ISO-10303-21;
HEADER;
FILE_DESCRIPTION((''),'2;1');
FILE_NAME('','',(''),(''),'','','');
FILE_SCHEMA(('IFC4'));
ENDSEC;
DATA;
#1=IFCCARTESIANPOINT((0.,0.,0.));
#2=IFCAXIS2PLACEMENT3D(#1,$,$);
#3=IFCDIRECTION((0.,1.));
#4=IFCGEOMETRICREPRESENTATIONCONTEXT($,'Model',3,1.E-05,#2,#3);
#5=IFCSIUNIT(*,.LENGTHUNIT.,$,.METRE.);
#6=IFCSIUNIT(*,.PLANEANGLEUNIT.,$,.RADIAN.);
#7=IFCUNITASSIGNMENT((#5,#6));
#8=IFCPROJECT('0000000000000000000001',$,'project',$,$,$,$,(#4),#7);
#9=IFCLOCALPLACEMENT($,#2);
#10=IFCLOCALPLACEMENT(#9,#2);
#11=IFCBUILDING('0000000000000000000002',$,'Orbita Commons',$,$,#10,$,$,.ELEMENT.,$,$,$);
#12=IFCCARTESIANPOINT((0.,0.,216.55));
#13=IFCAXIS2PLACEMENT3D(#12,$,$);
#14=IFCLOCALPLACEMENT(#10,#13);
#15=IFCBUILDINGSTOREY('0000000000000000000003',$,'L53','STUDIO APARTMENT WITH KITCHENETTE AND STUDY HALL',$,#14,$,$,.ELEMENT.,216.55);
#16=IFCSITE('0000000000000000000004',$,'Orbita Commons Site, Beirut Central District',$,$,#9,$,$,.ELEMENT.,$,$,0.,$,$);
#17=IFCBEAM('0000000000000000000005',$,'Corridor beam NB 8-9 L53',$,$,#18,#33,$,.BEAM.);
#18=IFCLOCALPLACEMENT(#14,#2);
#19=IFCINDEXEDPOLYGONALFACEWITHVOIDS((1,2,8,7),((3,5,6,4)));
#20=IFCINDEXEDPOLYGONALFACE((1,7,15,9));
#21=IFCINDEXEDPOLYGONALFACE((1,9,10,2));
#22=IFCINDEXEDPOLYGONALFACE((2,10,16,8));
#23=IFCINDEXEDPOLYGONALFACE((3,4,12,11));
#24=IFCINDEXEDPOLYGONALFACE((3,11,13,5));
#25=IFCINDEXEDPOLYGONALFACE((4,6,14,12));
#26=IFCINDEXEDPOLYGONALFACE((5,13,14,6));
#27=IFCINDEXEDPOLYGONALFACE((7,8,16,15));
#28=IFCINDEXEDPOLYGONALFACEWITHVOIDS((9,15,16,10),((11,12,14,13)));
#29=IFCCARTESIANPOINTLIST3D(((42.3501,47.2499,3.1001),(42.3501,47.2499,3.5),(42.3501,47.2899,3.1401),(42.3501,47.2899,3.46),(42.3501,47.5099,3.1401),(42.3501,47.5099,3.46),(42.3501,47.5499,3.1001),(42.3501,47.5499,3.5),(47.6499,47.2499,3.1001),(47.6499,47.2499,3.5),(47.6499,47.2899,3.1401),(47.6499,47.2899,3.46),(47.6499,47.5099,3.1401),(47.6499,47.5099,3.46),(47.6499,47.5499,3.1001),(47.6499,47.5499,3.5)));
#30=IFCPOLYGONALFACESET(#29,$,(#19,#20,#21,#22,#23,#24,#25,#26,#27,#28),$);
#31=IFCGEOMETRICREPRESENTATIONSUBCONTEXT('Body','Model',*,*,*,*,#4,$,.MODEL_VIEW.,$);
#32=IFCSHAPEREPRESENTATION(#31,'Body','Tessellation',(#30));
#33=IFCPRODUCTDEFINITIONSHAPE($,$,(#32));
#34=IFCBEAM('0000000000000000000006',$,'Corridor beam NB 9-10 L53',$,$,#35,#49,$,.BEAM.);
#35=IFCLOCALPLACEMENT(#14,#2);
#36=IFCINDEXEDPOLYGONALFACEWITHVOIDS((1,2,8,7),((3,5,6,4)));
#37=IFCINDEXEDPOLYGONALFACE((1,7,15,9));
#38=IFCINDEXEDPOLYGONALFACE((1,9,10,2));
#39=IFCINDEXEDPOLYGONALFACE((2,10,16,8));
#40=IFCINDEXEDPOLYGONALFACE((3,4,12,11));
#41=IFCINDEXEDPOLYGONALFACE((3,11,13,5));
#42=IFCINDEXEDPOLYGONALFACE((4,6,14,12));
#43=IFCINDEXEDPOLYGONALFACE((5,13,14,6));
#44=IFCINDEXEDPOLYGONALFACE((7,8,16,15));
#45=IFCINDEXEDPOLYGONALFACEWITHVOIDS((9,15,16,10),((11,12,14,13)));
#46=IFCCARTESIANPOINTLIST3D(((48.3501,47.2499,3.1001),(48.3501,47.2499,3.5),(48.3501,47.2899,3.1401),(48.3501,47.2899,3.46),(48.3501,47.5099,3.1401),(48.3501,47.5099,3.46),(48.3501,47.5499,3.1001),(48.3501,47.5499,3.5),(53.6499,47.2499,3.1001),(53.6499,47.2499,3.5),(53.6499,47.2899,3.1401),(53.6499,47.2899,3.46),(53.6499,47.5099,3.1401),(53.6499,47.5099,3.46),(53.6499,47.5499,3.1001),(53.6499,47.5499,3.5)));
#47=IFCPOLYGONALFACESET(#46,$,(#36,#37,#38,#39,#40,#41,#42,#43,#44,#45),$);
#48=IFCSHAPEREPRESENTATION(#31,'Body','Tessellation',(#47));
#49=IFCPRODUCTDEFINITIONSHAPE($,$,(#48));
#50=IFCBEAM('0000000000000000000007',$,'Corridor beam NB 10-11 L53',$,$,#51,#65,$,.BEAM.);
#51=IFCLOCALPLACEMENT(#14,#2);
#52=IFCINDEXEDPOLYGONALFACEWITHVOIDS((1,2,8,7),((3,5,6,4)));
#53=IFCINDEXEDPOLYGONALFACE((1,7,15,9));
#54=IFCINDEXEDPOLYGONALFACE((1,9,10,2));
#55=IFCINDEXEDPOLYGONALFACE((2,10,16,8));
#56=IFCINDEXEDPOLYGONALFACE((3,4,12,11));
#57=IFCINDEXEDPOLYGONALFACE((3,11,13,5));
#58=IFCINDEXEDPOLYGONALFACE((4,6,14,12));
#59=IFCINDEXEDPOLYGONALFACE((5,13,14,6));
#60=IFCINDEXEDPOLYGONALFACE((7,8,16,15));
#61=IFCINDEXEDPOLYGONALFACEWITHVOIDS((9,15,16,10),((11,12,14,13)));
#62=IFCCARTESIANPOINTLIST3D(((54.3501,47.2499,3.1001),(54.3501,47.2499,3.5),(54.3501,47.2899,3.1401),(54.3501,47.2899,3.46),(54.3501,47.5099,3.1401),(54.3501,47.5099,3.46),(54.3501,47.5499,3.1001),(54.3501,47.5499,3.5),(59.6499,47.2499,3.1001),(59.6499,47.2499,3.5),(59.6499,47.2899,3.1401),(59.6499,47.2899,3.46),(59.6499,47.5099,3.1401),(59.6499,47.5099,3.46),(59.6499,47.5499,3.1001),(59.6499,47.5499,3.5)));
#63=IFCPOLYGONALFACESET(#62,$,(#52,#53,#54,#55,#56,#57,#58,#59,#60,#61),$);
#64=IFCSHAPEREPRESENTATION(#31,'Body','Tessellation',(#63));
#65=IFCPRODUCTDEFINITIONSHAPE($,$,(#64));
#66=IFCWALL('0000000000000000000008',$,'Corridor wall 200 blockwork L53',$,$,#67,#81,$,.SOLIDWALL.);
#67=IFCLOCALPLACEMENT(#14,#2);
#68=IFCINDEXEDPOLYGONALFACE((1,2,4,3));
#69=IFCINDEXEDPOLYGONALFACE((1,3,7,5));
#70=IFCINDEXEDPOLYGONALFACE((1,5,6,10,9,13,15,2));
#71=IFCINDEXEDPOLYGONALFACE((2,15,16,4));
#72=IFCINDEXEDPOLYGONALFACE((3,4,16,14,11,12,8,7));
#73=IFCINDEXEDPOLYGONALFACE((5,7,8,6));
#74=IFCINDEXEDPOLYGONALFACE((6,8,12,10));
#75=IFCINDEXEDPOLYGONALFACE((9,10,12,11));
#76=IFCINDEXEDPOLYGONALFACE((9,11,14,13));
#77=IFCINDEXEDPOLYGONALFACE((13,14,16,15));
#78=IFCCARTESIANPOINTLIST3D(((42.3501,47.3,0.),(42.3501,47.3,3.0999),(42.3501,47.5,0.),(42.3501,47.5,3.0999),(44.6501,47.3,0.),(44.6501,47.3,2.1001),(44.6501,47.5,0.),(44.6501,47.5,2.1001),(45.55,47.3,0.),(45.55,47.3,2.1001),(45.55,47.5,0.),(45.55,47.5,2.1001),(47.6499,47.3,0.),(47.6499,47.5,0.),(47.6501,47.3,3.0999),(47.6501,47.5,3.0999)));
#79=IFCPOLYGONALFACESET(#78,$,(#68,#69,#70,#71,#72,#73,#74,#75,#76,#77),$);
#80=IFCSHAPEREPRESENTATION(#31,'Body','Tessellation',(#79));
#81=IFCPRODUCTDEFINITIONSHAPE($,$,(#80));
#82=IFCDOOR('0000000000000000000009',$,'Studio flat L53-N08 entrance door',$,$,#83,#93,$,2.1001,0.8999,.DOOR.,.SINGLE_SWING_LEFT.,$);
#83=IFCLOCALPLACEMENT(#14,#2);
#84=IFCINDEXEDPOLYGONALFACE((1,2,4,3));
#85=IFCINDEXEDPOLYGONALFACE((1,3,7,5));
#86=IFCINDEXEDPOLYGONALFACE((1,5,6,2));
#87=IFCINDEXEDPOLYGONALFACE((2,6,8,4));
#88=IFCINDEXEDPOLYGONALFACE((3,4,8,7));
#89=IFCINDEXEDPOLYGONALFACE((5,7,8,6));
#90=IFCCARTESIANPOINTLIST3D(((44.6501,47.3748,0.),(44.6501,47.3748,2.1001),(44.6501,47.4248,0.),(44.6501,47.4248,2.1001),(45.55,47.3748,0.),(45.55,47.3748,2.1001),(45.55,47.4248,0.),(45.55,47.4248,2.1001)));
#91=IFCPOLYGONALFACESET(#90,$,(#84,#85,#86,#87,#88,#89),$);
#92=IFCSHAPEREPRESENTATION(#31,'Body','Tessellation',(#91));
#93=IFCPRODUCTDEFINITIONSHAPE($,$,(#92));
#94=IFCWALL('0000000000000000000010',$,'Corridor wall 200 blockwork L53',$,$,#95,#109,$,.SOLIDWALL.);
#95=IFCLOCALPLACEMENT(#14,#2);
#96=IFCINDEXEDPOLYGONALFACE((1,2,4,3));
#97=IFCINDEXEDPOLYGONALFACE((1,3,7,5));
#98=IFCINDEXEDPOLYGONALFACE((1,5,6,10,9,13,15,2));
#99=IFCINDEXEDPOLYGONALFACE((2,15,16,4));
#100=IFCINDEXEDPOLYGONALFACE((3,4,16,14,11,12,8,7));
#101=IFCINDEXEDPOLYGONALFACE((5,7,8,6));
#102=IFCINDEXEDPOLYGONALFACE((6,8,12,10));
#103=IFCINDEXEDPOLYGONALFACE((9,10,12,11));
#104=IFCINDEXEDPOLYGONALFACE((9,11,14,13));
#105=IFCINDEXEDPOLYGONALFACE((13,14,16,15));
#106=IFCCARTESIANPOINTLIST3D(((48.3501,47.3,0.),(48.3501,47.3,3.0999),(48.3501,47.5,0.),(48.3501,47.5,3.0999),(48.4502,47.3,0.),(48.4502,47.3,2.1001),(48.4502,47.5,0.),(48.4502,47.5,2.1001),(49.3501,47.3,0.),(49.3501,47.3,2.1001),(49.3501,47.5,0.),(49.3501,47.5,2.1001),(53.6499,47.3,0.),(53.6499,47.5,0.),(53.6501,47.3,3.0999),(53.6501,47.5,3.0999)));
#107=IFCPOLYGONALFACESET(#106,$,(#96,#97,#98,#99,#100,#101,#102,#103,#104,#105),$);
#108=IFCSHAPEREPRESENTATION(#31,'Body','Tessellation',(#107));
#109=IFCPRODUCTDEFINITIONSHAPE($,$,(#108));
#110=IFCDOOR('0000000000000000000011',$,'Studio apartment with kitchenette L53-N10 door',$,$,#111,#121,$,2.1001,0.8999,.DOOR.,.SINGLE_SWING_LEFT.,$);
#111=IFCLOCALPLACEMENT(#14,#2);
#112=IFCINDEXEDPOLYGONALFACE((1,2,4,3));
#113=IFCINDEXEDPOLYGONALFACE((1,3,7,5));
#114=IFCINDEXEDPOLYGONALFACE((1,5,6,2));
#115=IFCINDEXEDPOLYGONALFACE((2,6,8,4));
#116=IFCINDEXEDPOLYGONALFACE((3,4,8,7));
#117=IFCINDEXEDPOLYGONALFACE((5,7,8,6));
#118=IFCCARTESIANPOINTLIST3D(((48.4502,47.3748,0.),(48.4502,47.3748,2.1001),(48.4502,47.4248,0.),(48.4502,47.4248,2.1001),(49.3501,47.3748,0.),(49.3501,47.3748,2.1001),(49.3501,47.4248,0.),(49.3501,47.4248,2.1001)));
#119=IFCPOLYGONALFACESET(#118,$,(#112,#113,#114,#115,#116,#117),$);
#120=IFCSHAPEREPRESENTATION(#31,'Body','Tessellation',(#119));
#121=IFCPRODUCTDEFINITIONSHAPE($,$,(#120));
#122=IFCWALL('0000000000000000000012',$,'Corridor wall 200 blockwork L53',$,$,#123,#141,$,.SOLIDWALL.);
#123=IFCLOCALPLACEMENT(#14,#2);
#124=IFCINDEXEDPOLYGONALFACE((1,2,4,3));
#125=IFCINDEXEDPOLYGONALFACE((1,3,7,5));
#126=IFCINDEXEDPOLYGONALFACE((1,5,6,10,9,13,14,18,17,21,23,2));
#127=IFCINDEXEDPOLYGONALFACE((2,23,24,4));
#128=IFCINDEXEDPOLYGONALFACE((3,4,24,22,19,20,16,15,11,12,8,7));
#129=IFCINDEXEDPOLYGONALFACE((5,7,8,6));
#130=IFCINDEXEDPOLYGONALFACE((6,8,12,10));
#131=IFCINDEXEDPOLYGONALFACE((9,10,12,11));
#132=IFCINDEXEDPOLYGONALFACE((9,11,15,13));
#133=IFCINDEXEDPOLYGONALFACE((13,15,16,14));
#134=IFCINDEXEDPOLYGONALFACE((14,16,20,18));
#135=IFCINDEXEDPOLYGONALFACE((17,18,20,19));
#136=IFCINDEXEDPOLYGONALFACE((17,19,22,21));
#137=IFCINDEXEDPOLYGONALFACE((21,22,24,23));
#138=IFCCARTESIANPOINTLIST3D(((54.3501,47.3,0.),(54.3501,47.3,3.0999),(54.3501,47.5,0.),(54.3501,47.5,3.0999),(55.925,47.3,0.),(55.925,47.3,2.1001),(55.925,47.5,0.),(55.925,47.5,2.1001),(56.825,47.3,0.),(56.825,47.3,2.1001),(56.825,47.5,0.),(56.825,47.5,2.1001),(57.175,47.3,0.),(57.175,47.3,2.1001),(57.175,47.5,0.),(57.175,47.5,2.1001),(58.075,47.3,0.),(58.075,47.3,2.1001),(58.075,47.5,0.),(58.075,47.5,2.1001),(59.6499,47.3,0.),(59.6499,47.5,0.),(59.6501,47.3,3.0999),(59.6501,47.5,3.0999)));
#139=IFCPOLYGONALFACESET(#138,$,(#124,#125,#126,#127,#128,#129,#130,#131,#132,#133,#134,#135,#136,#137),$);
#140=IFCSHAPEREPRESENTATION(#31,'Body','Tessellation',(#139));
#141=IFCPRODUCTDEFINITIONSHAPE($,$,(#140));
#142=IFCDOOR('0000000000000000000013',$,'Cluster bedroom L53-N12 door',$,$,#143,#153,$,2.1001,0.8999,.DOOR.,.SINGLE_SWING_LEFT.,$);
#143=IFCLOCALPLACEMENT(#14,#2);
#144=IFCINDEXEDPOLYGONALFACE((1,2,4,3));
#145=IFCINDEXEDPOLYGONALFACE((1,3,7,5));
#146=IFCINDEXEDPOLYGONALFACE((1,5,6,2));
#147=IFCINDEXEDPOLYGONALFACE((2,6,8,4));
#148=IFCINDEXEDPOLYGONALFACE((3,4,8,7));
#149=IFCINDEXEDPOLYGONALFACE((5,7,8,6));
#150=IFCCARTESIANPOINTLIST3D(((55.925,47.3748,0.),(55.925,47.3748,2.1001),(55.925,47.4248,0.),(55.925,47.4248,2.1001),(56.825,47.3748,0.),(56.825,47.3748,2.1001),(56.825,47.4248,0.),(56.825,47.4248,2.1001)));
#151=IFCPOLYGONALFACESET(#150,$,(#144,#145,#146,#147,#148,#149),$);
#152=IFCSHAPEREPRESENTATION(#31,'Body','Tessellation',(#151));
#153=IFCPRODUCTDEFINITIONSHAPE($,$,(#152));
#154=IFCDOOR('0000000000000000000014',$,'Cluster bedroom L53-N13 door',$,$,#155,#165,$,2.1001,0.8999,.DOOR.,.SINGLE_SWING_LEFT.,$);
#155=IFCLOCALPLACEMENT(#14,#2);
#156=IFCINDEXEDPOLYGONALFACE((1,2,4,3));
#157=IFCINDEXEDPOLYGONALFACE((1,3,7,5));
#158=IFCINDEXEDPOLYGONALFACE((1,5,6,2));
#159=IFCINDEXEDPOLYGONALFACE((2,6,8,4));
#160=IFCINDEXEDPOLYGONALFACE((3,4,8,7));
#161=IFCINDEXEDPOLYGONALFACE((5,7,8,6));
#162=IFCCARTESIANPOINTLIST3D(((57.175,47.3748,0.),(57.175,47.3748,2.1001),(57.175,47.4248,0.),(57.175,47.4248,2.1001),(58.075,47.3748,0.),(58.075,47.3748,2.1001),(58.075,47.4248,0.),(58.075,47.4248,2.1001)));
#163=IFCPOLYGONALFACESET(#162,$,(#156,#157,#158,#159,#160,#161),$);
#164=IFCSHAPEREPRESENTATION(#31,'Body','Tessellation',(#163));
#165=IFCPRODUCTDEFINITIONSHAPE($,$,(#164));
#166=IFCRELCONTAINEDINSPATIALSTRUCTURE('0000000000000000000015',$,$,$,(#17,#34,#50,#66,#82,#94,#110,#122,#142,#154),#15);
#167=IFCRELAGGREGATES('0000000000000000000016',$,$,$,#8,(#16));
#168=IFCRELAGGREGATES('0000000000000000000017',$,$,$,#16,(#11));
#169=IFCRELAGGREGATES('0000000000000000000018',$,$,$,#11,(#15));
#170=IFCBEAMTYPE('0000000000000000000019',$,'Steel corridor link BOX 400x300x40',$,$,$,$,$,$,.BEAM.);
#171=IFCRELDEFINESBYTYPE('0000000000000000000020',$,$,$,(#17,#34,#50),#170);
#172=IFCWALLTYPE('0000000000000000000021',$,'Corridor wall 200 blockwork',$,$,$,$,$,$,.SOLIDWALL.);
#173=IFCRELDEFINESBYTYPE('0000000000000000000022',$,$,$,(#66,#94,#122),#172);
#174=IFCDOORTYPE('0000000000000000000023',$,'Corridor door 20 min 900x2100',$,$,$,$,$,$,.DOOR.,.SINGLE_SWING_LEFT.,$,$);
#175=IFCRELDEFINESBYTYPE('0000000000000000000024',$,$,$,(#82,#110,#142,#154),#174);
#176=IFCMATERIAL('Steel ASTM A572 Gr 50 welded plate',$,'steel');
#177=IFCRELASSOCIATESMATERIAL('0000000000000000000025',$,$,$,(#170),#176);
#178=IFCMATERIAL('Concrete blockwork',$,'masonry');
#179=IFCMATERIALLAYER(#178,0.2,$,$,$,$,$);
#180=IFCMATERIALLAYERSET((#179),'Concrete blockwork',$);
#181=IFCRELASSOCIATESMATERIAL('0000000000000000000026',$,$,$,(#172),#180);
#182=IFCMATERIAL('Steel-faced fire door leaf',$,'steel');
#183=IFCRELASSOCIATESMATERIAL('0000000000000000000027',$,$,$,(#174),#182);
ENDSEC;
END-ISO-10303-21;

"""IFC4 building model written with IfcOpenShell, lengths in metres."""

from ifc_helpers import new_model, si_unit, direction, frame, frame_2d, origin, origin_2d, place, context, subcontext, project, spatial, polyline, rectangle, hollow_rectangle, outline, extrude, material, layer, layer_set, material_profile, profile_set, type_object, element, fill, save


model = new_model("IFC4")

# Units and contexts
model_context = context("Model", 3, precision=1e-05, world=origin(), true_north=direction((0.0, 1.0)))
body_context = subcontext(model_context, "Body", "Model", "MODEL_VIEW")
ifc_project = project(units=[si_unit("LENGTHUNIT", "METRE"), si_unit("PLANEANGLEUNIT", "RADIAN")], contexts=[model_context])

# Site, building, storey
site_placement = place(None, origin())
site = spatial("IfcSite", under=ifc_project, at=site_placement, Name="Orbita Commons Site, Beirut Central District", CompositionType="ELEMENT", RefElevation=0.0)
building_placement = place(site_placement, origin())
building = spatial("IfcBuilding", under=site, at=building_placement, Name="Orbita Commons", CompositionType="ELEMENT")
storey_placement = place(building_placement, frame((0.0, 0.0, 216.55)))
storey = spatial("IfcBuildingStorey", under=building, at=storey_placement, Name="L53", Description="STUDIO APARTMENT WITH KITCHENETTE AND STUDY HALL", CompositionType="ELEMENT", Elevation=216.55)

# Beams
ifc_material_1 = material(Name="Steel ASTM A572 Gr 50 welded plate", Category="steel")
ifc_material_profile = material_profile(ifc_material_1, hollow_rectangle(XDim=0.3, YDim=0.3999, WallThickness=0.04, at=origin_2d()), Name="BOX 400x300x40")
ifc_profile_set = profile_set([ifc_material_profile], Name="Steel ASTM A572 Gr 50 welded plate")
beam_type = type_object("IfcBeamType", Name="Steel corridor link BOX 400x300x40", PredefinedType="BEAM", material=ifc_profile_set)
for number, where, z_axis, x_axis, name in (
    (1, (42.3501, 47.3999, 3.3), (1.0, 0.0, 0.0), (0.0, 1.0, 0.0), "Corridor beam NB 8-9 L53"),
    (2, (48.3501, 47.3999, 3.3), (1.0, 0.0, 0.0), (0.0, 1.0, 0.0), "Corridor beam NB 9-10 L53"),
    (3, (54.3501, 47.3999, 3.3), (1.0, 0.0, 0.0), (0.0, 1.0, 0.0), "Corridor beam NB 10-11 L53"),
):
    element("IfcBeam", number, at=place(storey_placement, frame(where, z_axis=z_axis, x_axis=x_axis)), inside=storey, type_object=beam_type, Name=name, PredefinedType="BEAM", context=body_context, shape_type="SweptSolid", body=[
        extrude(hollow_rectangle(XDim=0.3, YDim=0.3999, WallThickness=0.04, at=origin_2d()), origin(), (0.0, 0.0, 1.0), 5.2998),
    ])

# Walls, openings, doors
ifc_material_2 = material(Name="Concrete blockwork", Category="masonry")
ifc_layer_1 = layer(ifc_material_2, 0.2)
ifc_layer_set_1 = layer_set([ifc_layer_1], Name="Concrete blockwork")
wall_type_1 = type_object("IfcWallType", Name="Corridor wall 200 blockwork", PredefinedType="SOLIDWALL", material=ifc_layer_set_1)
wall_1_placement = place(storey_placement, frame((42.3501, 47.3999, 0.0), z_axis=(0.0, 0.0, 1.0), x_axis=(1.0, 0.0, 0.0)))
wall_1 = element("IfcWall", 4, at=wall_1_placement, inside=storey, type_object=wall_type_1, Name="Corridor wall 200 blockwork L53", PredefinedType="SOLIDWALL", context=body_context, shape_type="SweptSolid", body=[
    extrude(outline(polyline([(0.0, 0.0), (5.2998, 0.0), (5.3, 3.0999), (0.0, 3.0999), (0.0, 0.0)])), frame((0.0, 0.1001, 0.0), z_axis=(0.0, -1.0, 0.0), x_axis=(1.0, 0.0, 0.0)), (0.0, 0.0, 1.0), 0.2),
])
opening_1_placement = place(wall_1_placement, frame((2.3, 0.0, 0.0)))
opening_1 = element("IfcOpeningElement", 5, at=opening_1_placement, cuts=wall_1, PredefinedType="OPENING", context=body_context, shape_type="SweptSolid", body=[
    extrude(rectangle(XDim=0.8999, YDim=2.1001, at=frame_2d((0.45, 1.05))), frame((0.0, 0.1099, 0.0), z_axis=(0.0, -1.0, 0.0), x_axis=(1.0, 0.0, 0.0)), (0.0, 0.0, 1.0), 0.22),
])
ifc_material_3 = material(Name="Steel-faced fire door leaf", Category="steel")
door_type_1 = type_object("IfcDoorType", Name="Corridor door 20 min 900x2100", OperationType="SINGLE_SWING_LEFT", PredefinedType="DOOR", material=ifc_material_3)
door_1_placement = place(opening_1_placement, origin())
door_1 = element("IfcDoor", 6, at=door_1_placement, inside=storey, type_object=door_type_1, Name="Studio flat L53-N08 entrance door", OperationType="SINGLE_SWING_LEFT", OverallHeight=2.1001, OverallWidth=0.8999, PredefinedType="DOOR", context=body_context, shape_type="SweptSolid", body=[
    extrude(rectangle(XDim=0.8999, YDim=2.1001, at=frame_2d((0.45, 1.05))), frame((0.0, 0.0249, 0.0), z_axis=(0.0, -1.0, 0.0), x_axis=(1.0, 0.0, 0.0)), (0.0, 0.0, 1.0), 0.05),
])
fill(opening_1, door_1)
wall_2_placement = place(storey_placement, frame((48.3501, 47.3999, 0.0), z_axis=(0.0, 0.0, 1.0), x_axis=(1.0, 0.0, 0.0)))
wall_2 = element("IfcWall", 7, at=wall_2_placement, inside=storey, type_object=wall_type_1, Name="Corridor wall 200 blockwork L53", PredefinedType="SOLIDWALL", context=body_context, shape_type="SweptSolid", body=[
    extrude(outline(polyline([(0.0, 0.0), (5.2998, 0.0), (5.3, 3.0999), (0.0, 3.0999), (0.0, 0.0)])), frame((0.0, 0.1001, 0.0), z_axis=(0.0, -1.0, 0.0), x_axis=(1.0, 0.0, 0.0)), (0.0, 0.0, 1.0), 0.2),
])
opening_2_placement = place(wall_2_placement, frame((0.1001, 0.0, 0.0)))
opening_2 = element("IfcOpeningElement", 8, at=opening_2_placement, cuts=wall_2, PredefinedType="OPENING", context=body_context, shape_type="SweptSolid", body=[
    extrude(rectangle(XDim=0.8999, YDim=2.1001, at=frame_2d((0.45, 1.05))), frame((0.0, 0.1099, 0.0), z_axis=(0.0, -1.0, 0.0), x_axis=(1.0, 0.0, 0.0)), (0.0, 0.0, 1.0), 0.22),
])
door_2_placement = place(opening_2_placement, origin())
door_2 = element("IfcDoor", 9, at=door_2_placement, inside=storey, type_object=door_type_1, Name="Studio apartment with kitchenette L53-N10 door", OperationType="SINGLE_SWING_LEFT", OverallHeight=2.1001, OverallWidth=0.8999, PredefinedType="DOOR", context=body_context, shape_type="SweptSolid", body=[
    extrude(rectangle(XDim=0.8999, YDim=2.1001, at=frame_2d((0.45, 1.05))), frame((0.0, 0.0249, 0.0), z_axis=(0.0, -1.0, 0.0), x_axis=(1.0, 0.0, 0.0)), (0.0, 0.0, 1.0), 0.05),
])
fill(opening_2, door_2)

# Wall, openings, doors
wall_3_placement = place(storey_placement, frame((54.3501, 47.3999, 0.0), z_axis=(0.0, 0.0, 1.0), x_axis=(1.0, 0.0, 0.0)))
wall_3 = element("IfcWall", 10, at=wall_3_placement, inside=storey, type_object=wall_type_1, Name="Corridor wall 200 blockwork L53", PredefinedType="SOLIDWALL", context=body_context, shape_type="SweptSolid", body=[
    extrude(outline(polyline([(0.0, 0.0), (5.2998, 0.0), (5.3, 3.0999), (0.0, 3.0999), (0.0, 0.0)])), frame((0.0, 0.1001, 0.0), z_axis=(0.0, -1.0, 0.0), x_axis=(1.0, 0.0, 0.0)), (0.0, 0.0, 1.0), 0.2),
])
opening_3_placement = place(wall_3_placement, frame((1.575, 0.0, 0.0)))
opening_3 = element("IfcOpeningElement", 11, at=opening_3_placement, cuts=wall_3, PredefinedType="OPENING", context=body_context, shape_type="SweptSolid", body=[
    extrude(rectangle(XDim=0.8999, YDim=2.1001, at=frame_2d((0.45, 1.05))), frame((0.0, 0.1099, 0.0), z_axis=(0.0, -1.0, 0.0), x_axis=(1.0, 0.0, 0.0)), (0.0, 0.0, 1.0), 0.22),
])
opening_4_placement = place(wall_3_placement, frame((2.825, 0.0, 0.0)))
opening_4 = element("IfcOpeningElement", 12, at=opening_4_placement, cuts=wall_3, PredefinedType="OPENING", context=body_context, shape_type="SweptSolid", body=[
    extrude(rectangle(XDim=0.8999, YDim=2.1001, at=frame_2d((0.45, 1.05))), frame((0.0, 0.1099, 0.0), z_axis=(0.0, -1.0, 0.0), x_axis=(1.0, 0.0, 0.0)), (0.0, 0.0, 1.0), 0.22),
])
door_3_placement = place(opening_3_placement, origin())
door_3 = element("IfcDoor", 13, at=door_3_placement, inside=storey, type_object=door_type_1, Name="Cluster bedroom L53-N12 door", OperationType="SINGLE_SWING_LEFT", OverallHeight=2.1001, OverallWidth=0.8999, PredefinedType="DOOR", context=body_context, shape_type="SweptSolid", body=[
    extrude(rectangle(XDim=0.8999, YDim=2.1001, at=frame_2d((0.45, 1.05))), frame((0.0, 0.0249, 0.0), z_axis=(0.0, -1.0, 0.0), x_axis=(1.0, 0.0, 0.0)), (0.0, 0.0, 1.0), 0.05),
])
fill(opening_3, door_3)
door_4_placement = place(opening_4_placement, origin())
door_4 = element("IfcDoor", 14, at=door_4_placement, inside=storey, type_object=door_type_1, Name="Cluster bedroom L53-N13 door", OperationType="SINGLE_SWING_LEFT", OverallHeight=2.1001, OverallWidth=0.8999, PredefinedType="DOOR", context=body_context, shape_type="SweptSolid", body=[
    extrude(rectangle(XDim=0.8999, YDim=2.1001, at=frame_2d((0.45, 1.05))), frame((0.0, 0.0249, 0.0), z_axis=(0.0, -1.0, 0.0), x_axis=(1.0, 0.0, 0.0)), (0.0, 0.0, 1.0), 0.05),
])
fill(opening_4, door_4)

save(model, "model.ifc")
